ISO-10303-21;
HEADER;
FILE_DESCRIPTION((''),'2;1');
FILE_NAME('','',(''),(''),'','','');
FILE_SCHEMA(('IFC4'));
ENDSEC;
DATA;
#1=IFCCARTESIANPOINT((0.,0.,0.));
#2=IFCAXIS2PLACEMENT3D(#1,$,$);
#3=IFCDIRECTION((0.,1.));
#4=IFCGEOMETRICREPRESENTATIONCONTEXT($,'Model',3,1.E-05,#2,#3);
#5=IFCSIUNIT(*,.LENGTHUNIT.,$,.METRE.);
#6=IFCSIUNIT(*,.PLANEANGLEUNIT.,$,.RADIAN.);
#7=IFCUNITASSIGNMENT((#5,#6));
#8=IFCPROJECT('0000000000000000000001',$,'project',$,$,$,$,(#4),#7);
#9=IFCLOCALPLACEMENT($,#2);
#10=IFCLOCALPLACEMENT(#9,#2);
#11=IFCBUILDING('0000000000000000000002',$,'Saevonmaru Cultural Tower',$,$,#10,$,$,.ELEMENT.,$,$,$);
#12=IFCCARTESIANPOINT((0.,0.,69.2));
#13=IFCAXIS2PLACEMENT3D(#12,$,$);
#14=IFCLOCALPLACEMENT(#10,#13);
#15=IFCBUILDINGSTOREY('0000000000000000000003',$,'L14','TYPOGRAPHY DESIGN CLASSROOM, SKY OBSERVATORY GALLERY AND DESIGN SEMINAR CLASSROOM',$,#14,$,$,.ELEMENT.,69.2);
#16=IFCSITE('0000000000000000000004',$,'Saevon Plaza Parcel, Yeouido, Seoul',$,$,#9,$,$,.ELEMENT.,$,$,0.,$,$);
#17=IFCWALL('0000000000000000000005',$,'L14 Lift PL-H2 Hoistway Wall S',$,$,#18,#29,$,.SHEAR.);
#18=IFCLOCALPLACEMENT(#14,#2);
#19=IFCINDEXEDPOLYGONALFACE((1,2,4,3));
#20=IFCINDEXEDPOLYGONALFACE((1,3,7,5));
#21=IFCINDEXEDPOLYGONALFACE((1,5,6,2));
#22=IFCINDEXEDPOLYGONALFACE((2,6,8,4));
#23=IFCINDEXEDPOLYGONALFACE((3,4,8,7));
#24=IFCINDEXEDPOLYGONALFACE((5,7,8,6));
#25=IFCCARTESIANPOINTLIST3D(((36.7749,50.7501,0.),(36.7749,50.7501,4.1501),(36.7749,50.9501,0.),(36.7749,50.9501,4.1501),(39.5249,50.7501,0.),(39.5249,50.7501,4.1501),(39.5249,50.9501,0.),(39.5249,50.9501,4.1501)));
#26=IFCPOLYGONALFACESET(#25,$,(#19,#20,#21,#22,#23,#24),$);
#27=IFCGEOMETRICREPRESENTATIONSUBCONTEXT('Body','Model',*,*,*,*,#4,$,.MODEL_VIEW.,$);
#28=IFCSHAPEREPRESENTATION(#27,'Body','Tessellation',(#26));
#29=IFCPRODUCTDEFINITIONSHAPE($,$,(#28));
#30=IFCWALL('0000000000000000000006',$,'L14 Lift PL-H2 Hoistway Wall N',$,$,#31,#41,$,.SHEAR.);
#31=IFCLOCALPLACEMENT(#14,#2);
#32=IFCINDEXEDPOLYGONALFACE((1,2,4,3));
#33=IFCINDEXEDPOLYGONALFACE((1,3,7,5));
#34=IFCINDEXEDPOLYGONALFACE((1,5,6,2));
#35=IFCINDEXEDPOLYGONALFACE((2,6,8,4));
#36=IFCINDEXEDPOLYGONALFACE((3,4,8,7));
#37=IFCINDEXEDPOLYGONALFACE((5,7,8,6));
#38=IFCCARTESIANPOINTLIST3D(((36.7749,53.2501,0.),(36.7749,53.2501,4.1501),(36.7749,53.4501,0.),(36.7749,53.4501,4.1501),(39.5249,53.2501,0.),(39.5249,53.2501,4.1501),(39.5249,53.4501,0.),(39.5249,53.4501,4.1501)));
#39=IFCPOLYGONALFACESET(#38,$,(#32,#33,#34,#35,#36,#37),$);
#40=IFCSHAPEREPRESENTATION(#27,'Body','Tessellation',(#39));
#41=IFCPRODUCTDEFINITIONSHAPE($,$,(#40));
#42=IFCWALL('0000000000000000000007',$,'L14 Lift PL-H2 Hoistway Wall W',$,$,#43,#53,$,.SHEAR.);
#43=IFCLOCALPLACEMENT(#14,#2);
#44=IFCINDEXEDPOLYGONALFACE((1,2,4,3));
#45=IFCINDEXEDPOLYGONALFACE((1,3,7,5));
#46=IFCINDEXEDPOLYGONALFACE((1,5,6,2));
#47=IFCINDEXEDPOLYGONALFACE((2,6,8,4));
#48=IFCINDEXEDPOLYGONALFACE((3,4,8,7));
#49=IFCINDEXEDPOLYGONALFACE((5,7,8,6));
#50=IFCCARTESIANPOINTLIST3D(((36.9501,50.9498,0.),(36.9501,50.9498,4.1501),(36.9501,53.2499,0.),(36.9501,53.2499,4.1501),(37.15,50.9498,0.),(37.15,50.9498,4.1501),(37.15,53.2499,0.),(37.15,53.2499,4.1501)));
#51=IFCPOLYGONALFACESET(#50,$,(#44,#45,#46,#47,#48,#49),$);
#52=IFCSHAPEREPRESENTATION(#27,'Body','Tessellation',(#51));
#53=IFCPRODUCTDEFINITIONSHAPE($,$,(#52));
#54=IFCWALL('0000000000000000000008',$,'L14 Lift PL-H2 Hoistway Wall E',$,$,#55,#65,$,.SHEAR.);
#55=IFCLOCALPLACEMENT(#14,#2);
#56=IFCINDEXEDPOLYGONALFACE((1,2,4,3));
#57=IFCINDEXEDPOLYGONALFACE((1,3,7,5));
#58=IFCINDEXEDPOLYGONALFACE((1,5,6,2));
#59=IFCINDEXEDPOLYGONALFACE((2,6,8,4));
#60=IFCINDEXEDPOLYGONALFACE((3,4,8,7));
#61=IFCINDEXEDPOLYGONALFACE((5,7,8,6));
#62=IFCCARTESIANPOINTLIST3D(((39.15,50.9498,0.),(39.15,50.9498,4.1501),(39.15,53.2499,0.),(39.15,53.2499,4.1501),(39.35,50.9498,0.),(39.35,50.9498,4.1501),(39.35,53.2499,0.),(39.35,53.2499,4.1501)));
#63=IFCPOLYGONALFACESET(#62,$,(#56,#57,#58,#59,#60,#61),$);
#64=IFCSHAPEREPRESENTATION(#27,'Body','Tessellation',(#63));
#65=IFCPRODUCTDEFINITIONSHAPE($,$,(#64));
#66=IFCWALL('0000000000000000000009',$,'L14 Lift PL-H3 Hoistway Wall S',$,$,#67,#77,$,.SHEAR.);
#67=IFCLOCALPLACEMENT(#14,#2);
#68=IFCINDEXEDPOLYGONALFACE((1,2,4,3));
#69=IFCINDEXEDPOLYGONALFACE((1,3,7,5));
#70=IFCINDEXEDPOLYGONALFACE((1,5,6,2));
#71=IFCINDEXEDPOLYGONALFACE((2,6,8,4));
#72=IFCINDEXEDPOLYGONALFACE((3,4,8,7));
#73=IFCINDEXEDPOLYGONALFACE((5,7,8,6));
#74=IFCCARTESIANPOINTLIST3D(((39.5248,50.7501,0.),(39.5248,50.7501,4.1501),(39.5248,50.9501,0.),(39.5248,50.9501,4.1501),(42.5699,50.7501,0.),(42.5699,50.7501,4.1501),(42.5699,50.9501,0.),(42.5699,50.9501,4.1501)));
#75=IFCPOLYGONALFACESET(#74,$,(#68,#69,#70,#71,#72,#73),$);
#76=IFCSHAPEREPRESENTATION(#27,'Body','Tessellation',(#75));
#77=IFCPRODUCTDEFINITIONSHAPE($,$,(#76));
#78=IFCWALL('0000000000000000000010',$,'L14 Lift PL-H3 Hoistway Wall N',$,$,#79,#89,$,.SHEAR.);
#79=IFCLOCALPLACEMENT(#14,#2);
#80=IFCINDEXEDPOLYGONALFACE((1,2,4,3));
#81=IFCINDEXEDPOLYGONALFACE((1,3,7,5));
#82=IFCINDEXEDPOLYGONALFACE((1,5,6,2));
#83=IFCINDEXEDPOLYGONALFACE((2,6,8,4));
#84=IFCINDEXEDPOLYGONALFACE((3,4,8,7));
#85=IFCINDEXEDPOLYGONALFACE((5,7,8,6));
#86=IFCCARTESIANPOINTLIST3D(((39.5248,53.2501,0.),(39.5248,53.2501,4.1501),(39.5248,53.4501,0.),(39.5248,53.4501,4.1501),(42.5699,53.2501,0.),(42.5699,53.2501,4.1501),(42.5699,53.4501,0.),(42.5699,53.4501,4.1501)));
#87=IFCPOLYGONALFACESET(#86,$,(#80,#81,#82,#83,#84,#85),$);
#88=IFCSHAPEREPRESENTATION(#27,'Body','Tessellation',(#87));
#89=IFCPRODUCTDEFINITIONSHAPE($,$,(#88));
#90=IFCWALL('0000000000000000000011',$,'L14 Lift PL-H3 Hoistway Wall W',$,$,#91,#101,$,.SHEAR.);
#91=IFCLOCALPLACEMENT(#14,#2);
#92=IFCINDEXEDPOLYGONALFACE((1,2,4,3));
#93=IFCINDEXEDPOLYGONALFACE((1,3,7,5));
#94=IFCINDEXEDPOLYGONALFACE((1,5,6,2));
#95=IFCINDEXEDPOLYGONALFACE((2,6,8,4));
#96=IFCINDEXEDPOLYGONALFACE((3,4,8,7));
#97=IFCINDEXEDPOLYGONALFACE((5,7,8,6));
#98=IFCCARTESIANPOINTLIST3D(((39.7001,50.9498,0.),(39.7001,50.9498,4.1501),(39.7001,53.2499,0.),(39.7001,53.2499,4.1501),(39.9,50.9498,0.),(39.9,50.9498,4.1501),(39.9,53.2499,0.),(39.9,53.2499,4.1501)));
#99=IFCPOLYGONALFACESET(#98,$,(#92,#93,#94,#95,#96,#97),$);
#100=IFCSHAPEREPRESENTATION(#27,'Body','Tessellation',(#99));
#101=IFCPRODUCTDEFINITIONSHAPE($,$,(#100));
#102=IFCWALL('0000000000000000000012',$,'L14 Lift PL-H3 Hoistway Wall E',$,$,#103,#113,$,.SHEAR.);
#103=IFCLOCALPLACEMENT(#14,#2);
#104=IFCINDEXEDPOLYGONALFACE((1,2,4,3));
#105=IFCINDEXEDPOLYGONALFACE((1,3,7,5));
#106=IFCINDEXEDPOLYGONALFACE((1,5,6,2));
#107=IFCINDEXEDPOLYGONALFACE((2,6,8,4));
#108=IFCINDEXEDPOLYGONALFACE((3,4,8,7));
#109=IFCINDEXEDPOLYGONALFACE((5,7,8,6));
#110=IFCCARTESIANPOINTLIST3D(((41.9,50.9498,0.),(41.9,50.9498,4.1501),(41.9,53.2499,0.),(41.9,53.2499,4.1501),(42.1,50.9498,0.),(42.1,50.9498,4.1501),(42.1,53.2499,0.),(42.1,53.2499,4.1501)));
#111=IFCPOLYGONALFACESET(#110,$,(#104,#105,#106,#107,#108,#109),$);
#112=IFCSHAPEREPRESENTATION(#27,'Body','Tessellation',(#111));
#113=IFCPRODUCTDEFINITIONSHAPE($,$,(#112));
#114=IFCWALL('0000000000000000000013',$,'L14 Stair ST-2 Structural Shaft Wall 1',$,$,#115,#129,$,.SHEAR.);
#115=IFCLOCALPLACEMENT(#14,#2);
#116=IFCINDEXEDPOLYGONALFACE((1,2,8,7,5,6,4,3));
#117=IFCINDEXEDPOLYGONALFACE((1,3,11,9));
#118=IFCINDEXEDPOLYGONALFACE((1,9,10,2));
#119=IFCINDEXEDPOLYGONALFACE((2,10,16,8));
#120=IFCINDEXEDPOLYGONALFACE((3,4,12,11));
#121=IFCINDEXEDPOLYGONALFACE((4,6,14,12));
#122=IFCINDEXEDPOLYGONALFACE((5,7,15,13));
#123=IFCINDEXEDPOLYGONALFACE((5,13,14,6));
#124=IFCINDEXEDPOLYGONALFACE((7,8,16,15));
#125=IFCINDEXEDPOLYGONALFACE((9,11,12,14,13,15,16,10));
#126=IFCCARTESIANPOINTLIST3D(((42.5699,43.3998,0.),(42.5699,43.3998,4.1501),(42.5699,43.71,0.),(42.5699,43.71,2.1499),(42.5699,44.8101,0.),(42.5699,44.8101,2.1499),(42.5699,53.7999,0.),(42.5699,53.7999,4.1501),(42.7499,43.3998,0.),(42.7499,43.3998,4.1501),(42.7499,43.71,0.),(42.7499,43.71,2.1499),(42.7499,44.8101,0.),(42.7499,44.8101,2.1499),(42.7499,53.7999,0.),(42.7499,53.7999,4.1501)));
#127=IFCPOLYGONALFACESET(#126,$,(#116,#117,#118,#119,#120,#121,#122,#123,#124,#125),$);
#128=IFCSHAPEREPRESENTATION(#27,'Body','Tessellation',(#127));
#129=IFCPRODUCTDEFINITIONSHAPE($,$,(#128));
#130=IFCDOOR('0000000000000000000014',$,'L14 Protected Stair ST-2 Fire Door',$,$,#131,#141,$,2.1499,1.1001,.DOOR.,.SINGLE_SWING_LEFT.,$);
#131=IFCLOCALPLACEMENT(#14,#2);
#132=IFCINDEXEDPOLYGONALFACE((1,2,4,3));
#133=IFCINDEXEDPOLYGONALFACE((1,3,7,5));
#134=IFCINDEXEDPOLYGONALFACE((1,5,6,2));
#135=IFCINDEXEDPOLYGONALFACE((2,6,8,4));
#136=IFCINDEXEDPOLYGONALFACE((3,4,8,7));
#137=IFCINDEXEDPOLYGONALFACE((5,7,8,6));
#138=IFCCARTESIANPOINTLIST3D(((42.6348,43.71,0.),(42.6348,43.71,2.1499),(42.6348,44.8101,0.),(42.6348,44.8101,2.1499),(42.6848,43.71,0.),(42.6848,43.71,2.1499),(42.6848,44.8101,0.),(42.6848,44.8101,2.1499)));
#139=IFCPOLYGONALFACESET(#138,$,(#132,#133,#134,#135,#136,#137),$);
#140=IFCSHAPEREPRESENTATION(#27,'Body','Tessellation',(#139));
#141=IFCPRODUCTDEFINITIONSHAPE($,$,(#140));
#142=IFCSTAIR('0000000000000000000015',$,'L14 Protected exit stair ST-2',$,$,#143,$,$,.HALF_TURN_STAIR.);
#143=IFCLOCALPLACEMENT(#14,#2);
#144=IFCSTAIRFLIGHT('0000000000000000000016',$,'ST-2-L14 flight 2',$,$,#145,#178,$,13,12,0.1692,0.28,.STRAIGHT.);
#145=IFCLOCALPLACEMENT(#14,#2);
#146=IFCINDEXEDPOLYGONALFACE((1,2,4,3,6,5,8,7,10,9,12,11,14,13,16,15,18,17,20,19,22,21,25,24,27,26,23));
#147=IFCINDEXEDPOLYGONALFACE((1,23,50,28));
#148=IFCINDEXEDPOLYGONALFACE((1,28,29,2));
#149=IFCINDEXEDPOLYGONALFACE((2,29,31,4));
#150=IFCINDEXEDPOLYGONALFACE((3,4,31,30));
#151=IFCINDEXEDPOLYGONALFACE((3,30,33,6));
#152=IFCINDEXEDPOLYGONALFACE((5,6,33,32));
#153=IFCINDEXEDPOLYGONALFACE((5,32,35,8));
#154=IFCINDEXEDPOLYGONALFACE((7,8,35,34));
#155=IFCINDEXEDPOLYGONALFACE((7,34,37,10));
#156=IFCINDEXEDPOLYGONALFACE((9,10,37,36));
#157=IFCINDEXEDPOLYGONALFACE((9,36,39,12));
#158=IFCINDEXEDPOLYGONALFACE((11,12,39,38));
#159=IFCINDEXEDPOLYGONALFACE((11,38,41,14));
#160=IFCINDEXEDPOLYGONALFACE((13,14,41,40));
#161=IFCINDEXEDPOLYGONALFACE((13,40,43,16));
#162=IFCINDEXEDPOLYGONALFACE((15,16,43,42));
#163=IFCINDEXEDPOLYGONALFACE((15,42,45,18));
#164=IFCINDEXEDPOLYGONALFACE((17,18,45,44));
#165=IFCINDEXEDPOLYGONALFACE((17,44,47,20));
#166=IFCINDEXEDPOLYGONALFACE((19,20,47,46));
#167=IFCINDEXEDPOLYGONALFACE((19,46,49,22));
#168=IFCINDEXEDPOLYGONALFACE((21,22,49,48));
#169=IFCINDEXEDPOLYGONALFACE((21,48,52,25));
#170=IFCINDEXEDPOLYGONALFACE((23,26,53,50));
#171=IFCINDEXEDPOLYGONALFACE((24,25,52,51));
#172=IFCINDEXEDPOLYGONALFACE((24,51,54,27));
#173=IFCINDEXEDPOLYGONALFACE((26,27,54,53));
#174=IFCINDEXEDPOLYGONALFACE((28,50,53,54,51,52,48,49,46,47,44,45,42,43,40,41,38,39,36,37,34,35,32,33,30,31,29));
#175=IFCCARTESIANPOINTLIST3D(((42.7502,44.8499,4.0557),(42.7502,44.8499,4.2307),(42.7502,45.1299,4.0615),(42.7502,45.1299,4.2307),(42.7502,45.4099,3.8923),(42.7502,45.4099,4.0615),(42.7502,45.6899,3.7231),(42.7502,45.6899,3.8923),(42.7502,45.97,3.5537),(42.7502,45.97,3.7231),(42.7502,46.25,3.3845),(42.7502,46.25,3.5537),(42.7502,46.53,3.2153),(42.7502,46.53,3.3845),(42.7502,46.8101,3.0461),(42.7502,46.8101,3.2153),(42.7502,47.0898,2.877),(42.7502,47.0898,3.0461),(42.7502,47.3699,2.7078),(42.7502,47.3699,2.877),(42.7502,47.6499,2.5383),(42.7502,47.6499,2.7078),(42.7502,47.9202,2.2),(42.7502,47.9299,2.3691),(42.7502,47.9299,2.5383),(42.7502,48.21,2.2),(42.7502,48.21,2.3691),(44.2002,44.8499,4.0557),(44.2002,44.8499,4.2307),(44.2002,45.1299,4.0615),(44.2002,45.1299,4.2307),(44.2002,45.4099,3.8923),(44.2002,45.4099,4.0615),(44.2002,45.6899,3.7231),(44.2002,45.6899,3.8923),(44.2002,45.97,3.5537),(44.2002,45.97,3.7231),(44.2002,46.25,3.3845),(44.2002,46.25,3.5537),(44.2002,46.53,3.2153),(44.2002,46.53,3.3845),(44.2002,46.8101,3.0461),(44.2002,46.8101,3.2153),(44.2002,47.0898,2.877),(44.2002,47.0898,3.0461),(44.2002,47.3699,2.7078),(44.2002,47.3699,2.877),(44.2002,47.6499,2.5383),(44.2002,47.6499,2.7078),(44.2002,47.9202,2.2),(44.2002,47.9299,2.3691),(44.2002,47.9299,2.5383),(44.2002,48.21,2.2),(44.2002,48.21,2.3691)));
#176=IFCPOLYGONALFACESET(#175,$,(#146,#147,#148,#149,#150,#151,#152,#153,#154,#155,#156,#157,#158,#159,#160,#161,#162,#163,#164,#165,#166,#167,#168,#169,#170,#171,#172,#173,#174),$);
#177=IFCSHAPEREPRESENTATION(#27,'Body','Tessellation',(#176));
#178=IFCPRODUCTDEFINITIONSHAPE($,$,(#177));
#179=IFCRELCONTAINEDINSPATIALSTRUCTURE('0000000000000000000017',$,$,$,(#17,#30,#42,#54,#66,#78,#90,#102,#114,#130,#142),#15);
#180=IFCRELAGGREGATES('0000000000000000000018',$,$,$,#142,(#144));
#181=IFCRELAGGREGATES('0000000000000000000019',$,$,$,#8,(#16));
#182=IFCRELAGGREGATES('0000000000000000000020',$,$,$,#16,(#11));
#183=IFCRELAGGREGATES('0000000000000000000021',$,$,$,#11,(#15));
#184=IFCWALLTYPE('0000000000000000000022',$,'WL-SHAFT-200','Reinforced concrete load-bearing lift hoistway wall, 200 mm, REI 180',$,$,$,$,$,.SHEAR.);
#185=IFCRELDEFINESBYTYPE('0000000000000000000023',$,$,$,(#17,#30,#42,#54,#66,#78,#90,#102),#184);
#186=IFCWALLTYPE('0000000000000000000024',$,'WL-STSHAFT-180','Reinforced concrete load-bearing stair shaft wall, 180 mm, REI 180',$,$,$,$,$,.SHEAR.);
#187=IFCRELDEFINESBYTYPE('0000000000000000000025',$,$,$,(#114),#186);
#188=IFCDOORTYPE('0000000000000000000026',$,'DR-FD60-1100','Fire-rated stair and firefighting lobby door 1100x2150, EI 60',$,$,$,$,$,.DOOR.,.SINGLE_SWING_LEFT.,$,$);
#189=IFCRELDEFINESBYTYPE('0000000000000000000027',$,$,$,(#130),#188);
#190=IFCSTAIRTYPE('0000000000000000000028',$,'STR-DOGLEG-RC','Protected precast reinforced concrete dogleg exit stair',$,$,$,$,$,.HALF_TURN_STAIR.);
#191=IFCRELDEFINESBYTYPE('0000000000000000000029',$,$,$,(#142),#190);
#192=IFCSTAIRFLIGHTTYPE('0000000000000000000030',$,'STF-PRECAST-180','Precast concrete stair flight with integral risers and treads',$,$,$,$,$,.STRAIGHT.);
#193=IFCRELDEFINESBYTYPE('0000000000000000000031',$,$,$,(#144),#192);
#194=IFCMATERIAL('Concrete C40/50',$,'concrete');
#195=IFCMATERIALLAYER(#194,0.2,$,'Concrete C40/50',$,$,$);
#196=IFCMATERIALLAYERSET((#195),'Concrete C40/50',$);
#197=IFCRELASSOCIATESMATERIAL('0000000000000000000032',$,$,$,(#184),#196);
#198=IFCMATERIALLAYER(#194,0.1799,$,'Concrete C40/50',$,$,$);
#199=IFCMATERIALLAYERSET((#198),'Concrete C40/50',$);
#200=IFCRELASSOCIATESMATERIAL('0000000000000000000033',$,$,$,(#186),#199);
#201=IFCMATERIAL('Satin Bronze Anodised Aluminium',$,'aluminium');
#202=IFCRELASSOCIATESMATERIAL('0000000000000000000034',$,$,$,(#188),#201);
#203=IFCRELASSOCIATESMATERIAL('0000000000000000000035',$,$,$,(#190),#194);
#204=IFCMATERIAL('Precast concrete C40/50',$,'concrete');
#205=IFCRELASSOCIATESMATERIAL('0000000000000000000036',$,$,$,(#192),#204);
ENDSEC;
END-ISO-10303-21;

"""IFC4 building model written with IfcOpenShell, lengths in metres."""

from ifc_helpers import new_model, si_unit, direction, frame, frame_2d, origin, place, context, subcontext, project, spatial, polyline, rectangle, outline, extrude, material, layer, layer_set, type_object, element, fill, aggregate, save


model = new_model("IFC4")

# Units and contexts
model_context = context("Model", 3, precision=1e-05, world=origin(), true_north=direction((0.0, 1.0)))
body_context = subcontext(model_context, "Body", "Model", "MODEL_VIEW")
ifc_project = project(units=[si_unit("LENGTHUNIT", "METRE"), si_unit("PLANEANGLEUNIT", "RADIAN")], contexts=[model_context])

# Site, building, storey
site_placement = place(None, origin())
site = spatial("IfcSite", under=ifc_project, at=site_placement, Name="Saevon Plaza Parcel, Yeouido, Seoul", CompositionType="ELEMENT", RefElevation=0.0)
building_placement = place(site_placement, origin())
building = spatial("IfcBuilding", under=site, at=building_placement, Name="Saevonmaru Cultural Tower", CompositionType="ELEMENT")
storey_placement = place(building_placement, frame((0.0, 0.0, 69.2)))
storey = spatial("IfcBuildingStorey", under=building, at=storey_placement, Name="L14", Description="TYPOGRAPHY DESIGN CLASSROOM, SKY OBSERVATORY GALLERY AND DESIGN SEMINAR CLASSROOM", CompositionType="ELEMENT", Elevation=69.2)

# Shared definitions
ifc_material_1 = material(Name="Satin Bronze Anodised Aluminium", Category="aluminium")

# Shared definitions
ifc_material_2 = material(Name="Concrete C40/50", Category="concrete")
ifc_layer_1 = layer(ifc_material_2, 0.2, Name="Concrete C40/50")
ifc_layer_set_1 = layer_set([ifc_layer_1], Name="Concrete C40/50")
wall_type_1 = type_object("IfcWallType", Name="WL-SHAFT-200", Description="Reinforced concrete load-bearing lift hoistway wall, 200 mm, REI 180", PredefinedType="SHEAR", material=ifc_layer_set_1)

# Walls
for number, where, z_axis, x_axis, name in (
    (1, (36.7749, 50.8501, 0.0), (0.0, 0.0, 1.0), (1.0, 0.0, 0.0), "L14 Lift PL-H2 Hoistway Wall S"),
    (2, (36.7749, 53.3501, 0.0), (0.0, 0.0, 1.0), (1.0, 0.0, 0.0), "L14 Lift PL-H2 Hoistway Wall N"),
):
    element("IfcWall", number, at=place(storey_placement, frame(where, z_axis=z_axis, x_axis=x_axis)), inside=storey, type_object=wall_type_1, Name=name, PredefinedType="SHEAR", context=body_context, shape_type="SweptSolid", body=[
        extrude(rectangle(XDim=2.75, YDim=0.2, at=frame_2d((1.375, 0.0))), origin(), (0.0, 0.0, 1.0), 4.1501),
    ])
for number, where, z_axis, x_axis, name in (
    (3, (37.05, 50.95, 0.0), (0.0, 0.0, 1.0), (0.0, 1.0, 0.0), "L14 Lift PL-H2 Hoistway Wall W"),
    (4, (39.25, 50.95, 0.0), (0.0, 0.0, 1.0), (0.0, 1.0, 0.0), "L14 Lift PL-H2 Hoistway Wall E"),
):
    element("IfcWall", number, at=place(storey_placement, frame(where, z_axis=z_axis, x_axis=x_axis)), inside=storey, type_object=wall_type_1, Name=name, PredefinedType="SHEAR", context=body_context, shape_type="SweptSolid", body=[
        extrude(rectangle(XDim=2.3, YDim=0.2, at=frame_2d((1.1499, 0.0))), origin(), (0.0, 0.0, 1.0), 4.1501),
    ])
for number, where, z_axis, x_axis, name in (
    (5, (39.5249, 50.8501, 0.0), (0.0, 0.0, 1.0), (1.0, 0.0, 0.0), "L14 Lift PL-H3 Hoistway Wall S"),
    (6, (39.5249, 53.3501, 0.0), (0.0, 0.0, 1.0), (1.0, 0.0, 0.0), "L14 Lift PL-H3 Hoistway Wall N"),
):
    element("IfcWall", number, at=place(storey_placement, frame(where, z_axis=z_axis, x_axis=x_axis)), inside=storey, type_object=wall_type_1, Name=name, PredefinedType="SHEAR", context=body_context, shape_type="SweptSolid", body=[
        extrude(rectangle(XDim=3.0452, YDim=0.2, at=frame_2d((1.5225, 0.0))), origin(), (0.0, 0.0, 1.0), 4.1501),
    ])
for number, where, z_axis, x_axis, name in (
    (7, (39.8, 50.95, 0.0), (0.0, 0.0, 1.0), (0.0, 1.0, 0.0), "L14 Lift PL-H3 Hoistway Wall W"),
    (8, (42.0, 50.95, 0.0), (0.0, 0.0, 1.0), (0.0, 1.0, 0.0), "L14 Lift PL-H3 Hoistway Wall E"),
):
    element("IfcWall", number, at=place(storey_placement, frame(where, z_axis=z_axis, x_axis=x_axis)), inside=storey, type_object=wall_type_1, Name=name, PredefinedType="SHEAR", context=body_context, shape_type="SweptSolid", body=[
        extrude(rectangle(XDim=2.3, YDim=0.2, at=frame_2d((1.1499, 0.0))), origin(), (0.0, 0.0, 1.0), 4.1501),
    ])

# Wall, opening, door
ifc_layer_2 = layer(ifc_material_2, 0.1799, Name="Concrete C40/50")
ifc_layer_set_2 = layer_set([ifc_layer_2], Name="Concrete C40/50")
wall_type_2 = type_object("IfcWallType", Name="WL-STSHAFT-180", Description="Reinforced concrete load-bearing stair shaft wall, 180 mm, REI 180", PredefinedType="SHEAR", material=ifc_layer_set_2)
wall_1_placement = place(storey_placement, frame((42.6599, 53.8, 0.0), z_axis=(0.0, 0.0, 1.0), x_axis=(0.0, -1.0, 0.0)))
wall_1 = element("IfcWall", 9, at=wall_1_placement, inside=storey, type_object=wall_type_2, Name="L14 Stair ST-2 Structural Shaft Wall 1", PredefinedType="SHEAR", context=body_context, shape_type="SweptSolid", body=[
    extrude(rectangle(XDim=10.4001, YDim=0.1799, at=frame_2d((5.2002, 0.0))), origin(), (0.0, 0.0, 1.0), 4.1501),
])
opening_1_placement = place(wall_1_placement, frame((8.99, 0.0, 0.0)))
opening_1 = element("IfcOpeningElement", 10, at=opening_1_placement, cuts=wall_1, PredefinedType="OPENING", context=body_context, shape_type="SweptSolid", body=[
    extrude(rectangle(XDim=1.1001, YDim=2.1499, at=frame_2d((0.55, 1.075))), frame((0.0, 0.1001, 0.0), z_axis=(0.0, -1.0, 0.0), x_axis=(1.0, 0.0, 0.0)), (0.0, 0.0, 1.0), 0.2),
])
door_type_1 = type_object("IfcDoorType", Name="DR-FD60-1100", Description="Fire-rated stair and firefighting lobby door 1100x2150, EI 60", OperationType="SINGLE_SWING_LEFT", PredefinedType="DOOR", material=ifc_material_1)
door_1_placement = place(opening_1_placement, origin())
door_1 = element("IfcDoor", 11, at=door_1_placement, inside=storey, type_object=door_type_1, Name="L14 Protected Stair ST-2 Fire Door", OperationType="SINGLE_SWING_LEFT", OverallHeight=2.1499, OverallWidth=1.1001, PredefinedType="DOOR", context=body_context, shape_type="SweptSolid", body=[
    extrude(rectangle(XDim=1.1001, YDim=2.1499, at=frame_2d((0.55, 1.075))), frame((0.0, 0.0249, 0.0), z_axis=(0.0, -1.0, 0.0), x_axis=(1.0, 0.0, 0.0)), (0.0, 0.0, 1.0), 0.05),
])
fill(opening_1, door_1)

# Stair, stair flight
stair_type = type_object("IfcStairType", Name="STR-DOGLEG-RC", Description="Protected precast reinforced concrete dogleg exit stair", PredefinedType="HALF_TURN_STAIR", material=ifc_material_2)
stair_placement = place(storey_placement, origin())
stair = element("IfcStair", 12, at=stair_placement, inside=storey, type_object=stair_type, Name="L14 Protected exit stair ST-2", PredefinedType="HALF_TURN_STAIR")
ifc_material_3 = material(Name="Precast concrete C40/50", Category="concrete")
stair_flight_type = type_object("IfcStairFlightType", Name="STF-PRECAST-180", Description="Precast concrete stair flight with integral risers and treads", PredefinedType="STRAIGHT", material=ifc_material_3)
stair_flight_placement = place(storey_placement, frame((43.4751, 48.21, 2.2), z_axis=(0.0, 0.0, 1.0), x_axis=(0.0, -1.0, 0.0)))
stair_flight = element("IfcStairFlight", 13, at=stair_flight_placement, type_object=stair_flight_type, Name="ST-2-L14 flight 2", NumberOfRisers=13, NumberOfTreads=12, PredefinedType="STRAIGHT", RiserHeight=0.1692, TreadLength=0.28, context=body_context, shape_type="SweptSolid", body=[
    extrude(outline(polyline([(0.0, 0.0), (0.0, 0.1692), (0.28, 0.1692), (0.28, 0.3384), (0.5601, 0.3384), (0.5601, 0.5078), (0.8401, 0.5078), (0.8401, 0.677), (1.1201, 0.677), (1.1201, 0.8462), (1.3999, 0.8462), (1.3999, 1.0154), (1.6799, 1.0154), (1.6799, 1.1846), (1.96, 1.1846), (1.96, 1.3538), (2.24, 1.3538), (2.24, 1.5232), (2.52, 1.5232), (2.52, 1.6924), (2.8, 1.6924), (2.8, 1.8616), (3.0801, 1.8616), (3.0801, 2.0308), (3.3601, 2.0308), (3.3601, 2.2), (3.3601, 1.8557), (0.2898, 0.0), (0.0, 0.0)])), frame((0.0, 0.7251, 0.0), z_axis=(0.0, -1.0, 0.0), x_axis=(1.0, 0.0, 0.0)), (0.0, 0.0, 1.0), 1.45),
])
aggregate(stair, [stair_flight])

save(model, "model.ifc")
